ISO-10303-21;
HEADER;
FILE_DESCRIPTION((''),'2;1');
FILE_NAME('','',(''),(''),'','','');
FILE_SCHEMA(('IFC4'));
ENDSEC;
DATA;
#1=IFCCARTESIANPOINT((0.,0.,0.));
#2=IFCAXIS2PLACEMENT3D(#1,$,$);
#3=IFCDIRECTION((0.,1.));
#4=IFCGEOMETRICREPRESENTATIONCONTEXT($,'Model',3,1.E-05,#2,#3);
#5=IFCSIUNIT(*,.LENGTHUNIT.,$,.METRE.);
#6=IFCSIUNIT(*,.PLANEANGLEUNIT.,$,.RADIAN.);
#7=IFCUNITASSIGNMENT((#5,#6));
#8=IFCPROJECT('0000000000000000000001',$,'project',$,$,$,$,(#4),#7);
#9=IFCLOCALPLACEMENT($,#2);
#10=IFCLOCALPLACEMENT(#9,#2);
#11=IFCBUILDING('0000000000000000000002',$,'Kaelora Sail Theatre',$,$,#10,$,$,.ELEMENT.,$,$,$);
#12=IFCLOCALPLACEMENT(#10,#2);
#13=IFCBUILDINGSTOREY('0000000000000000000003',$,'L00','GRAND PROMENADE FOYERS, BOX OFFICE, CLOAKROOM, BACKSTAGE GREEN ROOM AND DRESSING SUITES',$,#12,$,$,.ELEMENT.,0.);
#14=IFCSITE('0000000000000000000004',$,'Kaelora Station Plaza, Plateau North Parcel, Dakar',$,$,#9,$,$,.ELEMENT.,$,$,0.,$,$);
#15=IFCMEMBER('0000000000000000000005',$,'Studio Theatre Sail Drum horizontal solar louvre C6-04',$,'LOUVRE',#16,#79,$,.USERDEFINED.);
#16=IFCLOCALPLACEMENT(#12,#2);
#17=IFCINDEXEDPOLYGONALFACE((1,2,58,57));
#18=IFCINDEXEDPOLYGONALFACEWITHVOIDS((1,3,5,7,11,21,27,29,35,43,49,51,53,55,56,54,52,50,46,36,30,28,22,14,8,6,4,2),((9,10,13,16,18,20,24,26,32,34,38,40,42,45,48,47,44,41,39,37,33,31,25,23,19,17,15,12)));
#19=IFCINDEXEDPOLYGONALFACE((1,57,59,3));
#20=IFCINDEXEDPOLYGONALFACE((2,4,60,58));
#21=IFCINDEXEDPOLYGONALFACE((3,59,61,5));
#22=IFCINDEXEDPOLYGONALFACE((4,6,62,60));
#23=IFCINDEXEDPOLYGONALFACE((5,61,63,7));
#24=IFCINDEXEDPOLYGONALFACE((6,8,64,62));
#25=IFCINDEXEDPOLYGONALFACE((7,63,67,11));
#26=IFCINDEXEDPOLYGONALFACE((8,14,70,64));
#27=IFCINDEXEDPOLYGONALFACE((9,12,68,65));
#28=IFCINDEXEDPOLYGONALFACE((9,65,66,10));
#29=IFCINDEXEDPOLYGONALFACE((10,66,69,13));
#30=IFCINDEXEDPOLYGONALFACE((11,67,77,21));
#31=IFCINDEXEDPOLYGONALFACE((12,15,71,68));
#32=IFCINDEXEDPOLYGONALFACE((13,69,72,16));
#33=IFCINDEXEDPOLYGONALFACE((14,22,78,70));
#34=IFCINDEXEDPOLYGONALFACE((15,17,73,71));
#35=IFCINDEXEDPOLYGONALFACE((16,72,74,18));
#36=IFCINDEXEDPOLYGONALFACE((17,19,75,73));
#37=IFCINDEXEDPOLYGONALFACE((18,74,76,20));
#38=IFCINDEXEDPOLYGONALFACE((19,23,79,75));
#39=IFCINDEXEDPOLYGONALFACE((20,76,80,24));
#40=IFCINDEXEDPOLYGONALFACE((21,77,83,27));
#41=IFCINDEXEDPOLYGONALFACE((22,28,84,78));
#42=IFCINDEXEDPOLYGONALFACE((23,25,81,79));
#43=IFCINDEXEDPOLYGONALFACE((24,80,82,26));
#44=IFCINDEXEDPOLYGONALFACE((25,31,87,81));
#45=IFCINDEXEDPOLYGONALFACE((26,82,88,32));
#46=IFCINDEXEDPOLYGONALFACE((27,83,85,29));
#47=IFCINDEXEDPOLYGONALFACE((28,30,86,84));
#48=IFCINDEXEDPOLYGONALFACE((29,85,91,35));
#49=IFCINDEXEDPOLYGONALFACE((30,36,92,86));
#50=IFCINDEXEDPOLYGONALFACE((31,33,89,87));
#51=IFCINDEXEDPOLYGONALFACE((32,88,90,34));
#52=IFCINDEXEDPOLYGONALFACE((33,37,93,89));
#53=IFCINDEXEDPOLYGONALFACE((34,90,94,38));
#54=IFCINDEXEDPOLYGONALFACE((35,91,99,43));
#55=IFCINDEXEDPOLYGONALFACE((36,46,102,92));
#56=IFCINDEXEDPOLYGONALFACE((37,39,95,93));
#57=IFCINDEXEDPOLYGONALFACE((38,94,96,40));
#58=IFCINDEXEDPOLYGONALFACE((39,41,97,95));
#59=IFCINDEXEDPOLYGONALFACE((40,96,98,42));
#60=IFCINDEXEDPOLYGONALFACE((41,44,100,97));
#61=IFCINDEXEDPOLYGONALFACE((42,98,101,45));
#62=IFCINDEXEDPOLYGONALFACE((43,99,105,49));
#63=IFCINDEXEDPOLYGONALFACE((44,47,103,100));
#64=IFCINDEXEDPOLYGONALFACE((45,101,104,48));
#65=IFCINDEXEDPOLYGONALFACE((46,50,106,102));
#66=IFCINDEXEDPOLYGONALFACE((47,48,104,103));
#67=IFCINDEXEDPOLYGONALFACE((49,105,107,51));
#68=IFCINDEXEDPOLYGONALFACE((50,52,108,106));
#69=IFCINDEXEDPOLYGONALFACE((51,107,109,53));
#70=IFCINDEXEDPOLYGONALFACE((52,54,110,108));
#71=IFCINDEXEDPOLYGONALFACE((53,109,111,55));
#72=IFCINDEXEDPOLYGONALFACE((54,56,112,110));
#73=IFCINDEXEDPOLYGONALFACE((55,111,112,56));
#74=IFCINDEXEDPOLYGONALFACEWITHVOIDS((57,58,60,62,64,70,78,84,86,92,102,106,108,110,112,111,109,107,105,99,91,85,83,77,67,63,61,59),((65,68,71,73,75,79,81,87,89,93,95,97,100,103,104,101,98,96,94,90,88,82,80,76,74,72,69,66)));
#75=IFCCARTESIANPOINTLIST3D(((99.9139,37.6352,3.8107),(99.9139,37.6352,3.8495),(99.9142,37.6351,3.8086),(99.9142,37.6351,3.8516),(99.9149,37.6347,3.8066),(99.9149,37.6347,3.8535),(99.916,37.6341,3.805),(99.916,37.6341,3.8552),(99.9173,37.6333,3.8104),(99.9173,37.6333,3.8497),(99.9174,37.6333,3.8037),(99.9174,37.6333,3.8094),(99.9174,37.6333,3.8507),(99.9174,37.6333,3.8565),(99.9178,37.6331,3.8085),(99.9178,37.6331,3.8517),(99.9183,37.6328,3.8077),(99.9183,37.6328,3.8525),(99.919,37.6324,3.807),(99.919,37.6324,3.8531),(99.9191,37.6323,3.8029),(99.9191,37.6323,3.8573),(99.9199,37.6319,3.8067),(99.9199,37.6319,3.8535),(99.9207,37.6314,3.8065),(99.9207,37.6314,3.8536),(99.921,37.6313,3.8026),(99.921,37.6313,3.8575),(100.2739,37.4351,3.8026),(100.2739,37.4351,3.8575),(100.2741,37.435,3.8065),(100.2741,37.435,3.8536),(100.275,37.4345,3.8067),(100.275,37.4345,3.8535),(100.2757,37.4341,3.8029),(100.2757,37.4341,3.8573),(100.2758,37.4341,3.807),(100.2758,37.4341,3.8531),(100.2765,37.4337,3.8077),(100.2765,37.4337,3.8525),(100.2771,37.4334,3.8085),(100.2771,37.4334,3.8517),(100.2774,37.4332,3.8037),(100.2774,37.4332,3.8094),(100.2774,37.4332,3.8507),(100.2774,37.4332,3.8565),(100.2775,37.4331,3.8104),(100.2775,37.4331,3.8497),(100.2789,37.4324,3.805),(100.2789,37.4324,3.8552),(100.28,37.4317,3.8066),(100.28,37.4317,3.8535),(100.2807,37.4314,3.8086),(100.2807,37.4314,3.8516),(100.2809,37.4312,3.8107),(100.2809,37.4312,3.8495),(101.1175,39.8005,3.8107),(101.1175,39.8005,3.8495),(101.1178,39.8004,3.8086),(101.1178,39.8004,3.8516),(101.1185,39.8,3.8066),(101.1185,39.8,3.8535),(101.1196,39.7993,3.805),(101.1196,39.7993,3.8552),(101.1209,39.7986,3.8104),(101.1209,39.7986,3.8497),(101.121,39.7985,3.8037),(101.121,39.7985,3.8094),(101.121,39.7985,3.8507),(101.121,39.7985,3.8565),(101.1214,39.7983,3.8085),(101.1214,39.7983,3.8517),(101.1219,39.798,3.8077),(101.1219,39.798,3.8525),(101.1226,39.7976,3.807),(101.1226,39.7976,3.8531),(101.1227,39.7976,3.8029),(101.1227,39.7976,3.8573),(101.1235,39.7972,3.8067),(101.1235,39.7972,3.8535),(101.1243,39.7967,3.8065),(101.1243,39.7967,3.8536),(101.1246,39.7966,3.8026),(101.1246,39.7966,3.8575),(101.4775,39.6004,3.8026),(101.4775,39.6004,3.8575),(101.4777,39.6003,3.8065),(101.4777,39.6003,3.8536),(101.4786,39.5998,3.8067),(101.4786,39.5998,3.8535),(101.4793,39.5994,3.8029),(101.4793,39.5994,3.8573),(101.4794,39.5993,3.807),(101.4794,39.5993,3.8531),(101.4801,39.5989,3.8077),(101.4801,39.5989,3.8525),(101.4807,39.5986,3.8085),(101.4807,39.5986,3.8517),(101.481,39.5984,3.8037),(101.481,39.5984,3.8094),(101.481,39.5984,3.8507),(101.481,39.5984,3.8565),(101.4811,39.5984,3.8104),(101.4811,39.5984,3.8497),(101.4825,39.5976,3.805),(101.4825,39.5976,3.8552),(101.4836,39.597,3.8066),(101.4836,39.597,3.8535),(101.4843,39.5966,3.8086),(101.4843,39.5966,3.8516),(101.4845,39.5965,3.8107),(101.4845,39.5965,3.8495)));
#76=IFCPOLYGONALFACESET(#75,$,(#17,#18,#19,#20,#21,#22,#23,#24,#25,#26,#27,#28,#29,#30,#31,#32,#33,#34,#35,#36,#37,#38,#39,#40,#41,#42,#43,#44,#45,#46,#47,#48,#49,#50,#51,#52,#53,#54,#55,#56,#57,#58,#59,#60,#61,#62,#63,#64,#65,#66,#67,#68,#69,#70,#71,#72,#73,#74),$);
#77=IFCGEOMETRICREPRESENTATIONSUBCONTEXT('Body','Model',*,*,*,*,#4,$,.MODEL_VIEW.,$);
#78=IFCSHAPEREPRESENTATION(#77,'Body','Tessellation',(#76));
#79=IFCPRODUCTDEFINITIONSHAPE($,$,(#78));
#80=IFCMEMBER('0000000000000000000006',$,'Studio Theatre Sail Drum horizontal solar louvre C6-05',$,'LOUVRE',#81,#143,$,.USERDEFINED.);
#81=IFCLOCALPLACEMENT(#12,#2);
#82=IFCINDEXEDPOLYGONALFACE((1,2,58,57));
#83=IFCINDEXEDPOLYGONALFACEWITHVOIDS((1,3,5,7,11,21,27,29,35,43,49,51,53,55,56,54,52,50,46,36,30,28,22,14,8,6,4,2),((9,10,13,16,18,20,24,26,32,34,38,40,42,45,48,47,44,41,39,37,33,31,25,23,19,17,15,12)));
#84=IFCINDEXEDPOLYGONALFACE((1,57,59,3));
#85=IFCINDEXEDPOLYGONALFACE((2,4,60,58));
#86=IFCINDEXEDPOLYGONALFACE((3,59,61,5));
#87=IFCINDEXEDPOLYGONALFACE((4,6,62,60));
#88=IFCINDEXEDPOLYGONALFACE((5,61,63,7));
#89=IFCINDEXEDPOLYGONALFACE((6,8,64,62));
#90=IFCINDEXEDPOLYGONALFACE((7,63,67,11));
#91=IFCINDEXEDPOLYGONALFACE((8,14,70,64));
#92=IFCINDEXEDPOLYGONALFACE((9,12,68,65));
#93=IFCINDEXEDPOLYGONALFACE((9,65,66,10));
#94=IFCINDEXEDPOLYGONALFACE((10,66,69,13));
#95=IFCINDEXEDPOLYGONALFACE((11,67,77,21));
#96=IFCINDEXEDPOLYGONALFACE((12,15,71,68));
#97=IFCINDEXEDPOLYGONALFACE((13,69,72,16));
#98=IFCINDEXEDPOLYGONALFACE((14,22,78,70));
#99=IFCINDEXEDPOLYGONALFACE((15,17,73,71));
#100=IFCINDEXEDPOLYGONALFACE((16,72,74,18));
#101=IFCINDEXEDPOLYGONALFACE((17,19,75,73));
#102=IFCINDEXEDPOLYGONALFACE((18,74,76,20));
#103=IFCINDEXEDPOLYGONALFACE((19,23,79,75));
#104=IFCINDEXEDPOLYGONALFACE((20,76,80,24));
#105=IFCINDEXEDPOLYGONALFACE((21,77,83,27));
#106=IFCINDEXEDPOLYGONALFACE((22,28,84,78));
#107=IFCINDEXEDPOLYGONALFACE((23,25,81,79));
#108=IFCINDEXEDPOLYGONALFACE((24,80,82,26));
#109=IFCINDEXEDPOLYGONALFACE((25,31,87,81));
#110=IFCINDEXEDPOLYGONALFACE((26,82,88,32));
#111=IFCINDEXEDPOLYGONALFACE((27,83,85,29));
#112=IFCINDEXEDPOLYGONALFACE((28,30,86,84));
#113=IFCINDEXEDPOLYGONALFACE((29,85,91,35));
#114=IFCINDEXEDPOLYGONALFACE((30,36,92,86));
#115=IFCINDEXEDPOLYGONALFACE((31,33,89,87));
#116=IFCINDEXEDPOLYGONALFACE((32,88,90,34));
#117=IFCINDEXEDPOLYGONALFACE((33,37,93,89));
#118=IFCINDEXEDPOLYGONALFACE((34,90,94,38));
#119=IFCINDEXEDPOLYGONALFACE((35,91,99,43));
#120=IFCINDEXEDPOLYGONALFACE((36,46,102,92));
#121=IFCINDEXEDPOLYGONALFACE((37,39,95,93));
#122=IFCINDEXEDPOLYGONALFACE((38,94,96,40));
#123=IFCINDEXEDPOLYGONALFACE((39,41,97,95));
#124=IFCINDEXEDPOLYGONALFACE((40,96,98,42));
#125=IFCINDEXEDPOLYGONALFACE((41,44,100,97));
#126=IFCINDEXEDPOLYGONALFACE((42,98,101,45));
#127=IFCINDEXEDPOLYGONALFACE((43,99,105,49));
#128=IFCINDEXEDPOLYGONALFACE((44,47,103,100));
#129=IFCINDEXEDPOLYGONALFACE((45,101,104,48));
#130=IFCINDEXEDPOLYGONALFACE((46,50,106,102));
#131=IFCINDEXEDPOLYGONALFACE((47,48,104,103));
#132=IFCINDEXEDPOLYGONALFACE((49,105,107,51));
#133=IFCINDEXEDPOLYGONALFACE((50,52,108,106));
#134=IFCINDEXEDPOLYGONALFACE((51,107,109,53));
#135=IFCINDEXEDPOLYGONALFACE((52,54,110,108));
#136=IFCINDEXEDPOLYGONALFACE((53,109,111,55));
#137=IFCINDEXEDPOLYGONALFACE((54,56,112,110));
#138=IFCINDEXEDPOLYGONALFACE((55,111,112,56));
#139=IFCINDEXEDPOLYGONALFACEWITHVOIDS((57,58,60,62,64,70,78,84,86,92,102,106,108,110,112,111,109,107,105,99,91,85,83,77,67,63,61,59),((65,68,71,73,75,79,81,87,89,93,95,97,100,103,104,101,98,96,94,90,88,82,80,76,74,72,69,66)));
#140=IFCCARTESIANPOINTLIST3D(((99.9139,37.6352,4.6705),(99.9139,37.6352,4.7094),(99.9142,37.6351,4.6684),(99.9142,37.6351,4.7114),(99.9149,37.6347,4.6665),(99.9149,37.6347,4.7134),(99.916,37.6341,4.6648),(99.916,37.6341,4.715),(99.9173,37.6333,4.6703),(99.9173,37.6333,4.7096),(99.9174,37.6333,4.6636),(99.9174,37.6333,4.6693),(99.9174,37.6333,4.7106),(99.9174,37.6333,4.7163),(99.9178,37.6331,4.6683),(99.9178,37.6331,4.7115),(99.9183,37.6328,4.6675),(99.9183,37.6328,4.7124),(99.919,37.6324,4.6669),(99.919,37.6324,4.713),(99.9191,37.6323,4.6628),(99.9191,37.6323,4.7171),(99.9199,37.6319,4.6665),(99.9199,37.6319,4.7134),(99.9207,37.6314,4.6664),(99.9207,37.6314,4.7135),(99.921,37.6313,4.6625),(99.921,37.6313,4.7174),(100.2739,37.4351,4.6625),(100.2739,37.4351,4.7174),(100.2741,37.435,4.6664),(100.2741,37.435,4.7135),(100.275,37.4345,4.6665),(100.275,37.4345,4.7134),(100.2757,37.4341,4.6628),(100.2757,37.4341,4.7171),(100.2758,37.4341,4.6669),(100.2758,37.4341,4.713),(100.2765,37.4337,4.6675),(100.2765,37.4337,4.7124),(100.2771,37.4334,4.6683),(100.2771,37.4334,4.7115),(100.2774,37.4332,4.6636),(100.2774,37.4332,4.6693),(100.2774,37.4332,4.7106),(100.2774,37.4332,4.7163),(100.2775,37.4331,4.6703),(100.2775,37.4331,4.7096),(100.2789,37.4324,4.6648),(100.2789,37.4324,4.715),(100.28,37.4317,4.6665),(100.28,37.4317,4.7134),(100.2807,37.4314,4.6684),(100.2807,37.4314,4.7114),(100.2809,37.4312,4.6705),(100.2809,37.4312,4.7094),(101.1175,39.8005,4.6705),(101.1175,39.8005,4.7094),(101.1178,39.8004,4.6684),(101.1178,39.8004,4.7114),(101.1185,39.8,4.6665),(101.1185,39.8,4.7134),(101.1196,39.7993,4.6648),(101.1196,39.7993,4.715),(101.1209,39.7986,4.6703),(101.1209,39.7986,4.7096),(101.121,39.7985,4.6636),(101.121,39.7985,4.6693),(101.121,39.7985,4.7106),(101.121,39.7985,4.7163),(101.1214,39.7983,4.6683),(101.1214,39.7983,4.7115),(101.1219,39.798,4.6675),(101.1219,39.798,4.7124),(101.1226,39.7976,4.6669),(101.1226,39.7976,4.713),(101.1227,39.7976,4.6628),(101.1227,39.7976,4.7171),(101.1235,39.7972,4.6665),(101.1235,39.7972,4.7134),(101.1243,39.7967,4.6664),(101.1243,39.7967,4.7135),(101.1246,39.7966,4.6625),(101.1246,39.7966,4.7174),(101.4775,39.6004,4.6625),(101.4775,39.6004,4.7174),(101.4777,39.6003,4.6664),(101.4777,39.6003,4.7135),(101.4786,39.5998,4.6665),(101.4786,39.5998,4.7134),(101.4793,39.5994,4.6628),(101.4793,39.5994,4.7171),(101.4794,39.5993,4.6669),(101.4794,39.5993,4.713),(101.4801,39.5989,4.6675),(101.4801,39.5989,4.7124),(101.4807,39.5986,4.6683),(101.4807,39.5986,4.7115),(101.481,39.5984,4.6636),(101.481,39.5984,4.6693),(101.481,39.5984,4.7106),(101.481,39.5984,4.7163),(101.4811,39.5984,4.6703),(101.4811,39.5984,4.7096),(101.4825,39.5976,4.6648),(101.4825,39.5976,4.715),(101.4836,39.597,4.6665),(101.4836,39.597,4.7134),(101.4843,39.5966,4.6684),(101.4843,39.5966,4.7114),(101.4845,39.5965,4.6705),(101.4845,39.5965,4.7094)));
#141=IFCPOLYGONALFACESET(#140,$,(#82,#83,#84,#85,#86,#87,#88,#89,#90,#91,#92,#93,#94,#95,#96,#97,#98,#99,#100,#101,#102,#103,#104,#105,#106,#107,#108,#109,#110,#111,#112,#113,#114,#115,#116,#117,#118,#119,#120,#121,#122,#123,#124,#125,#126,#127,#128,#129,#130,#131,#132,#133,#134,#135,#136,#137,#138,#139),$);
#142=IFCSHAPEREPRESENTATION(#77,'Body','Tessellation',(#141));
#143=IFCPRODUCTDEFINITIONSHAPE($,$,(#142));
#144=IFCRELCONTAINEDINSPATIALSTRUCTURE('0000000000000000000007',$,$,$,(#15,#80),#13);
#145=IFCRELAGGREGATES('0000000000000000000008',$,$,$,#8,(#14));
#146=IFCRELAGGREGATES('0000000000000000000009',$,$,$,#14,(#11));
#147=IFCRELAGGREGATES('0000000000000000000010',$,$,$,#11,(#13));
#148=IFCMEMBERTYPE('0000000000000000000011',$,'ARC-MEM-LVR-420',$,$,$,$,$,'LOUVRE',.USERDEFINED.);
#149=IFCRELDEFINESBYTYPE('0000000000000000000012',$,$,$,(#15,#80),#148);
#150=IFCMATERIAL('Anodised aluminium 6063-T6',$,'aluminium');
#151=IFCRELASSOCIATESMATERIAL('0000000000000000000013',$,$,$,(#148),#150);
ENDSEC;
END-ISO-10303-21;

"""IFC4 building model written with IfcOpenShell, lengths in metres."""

from ifc_helpers import new_model, si_unit, direction, frame, origin, origin_2d, place, context, subcontext, project, spatial, hollow_rectangle, extrude, material, material_profile, profile_set, type_object, element, save


model = new_model("IFC4")

# Units and contexts
model_context = context("Model", 3, precision=1e-05, world=origin(), true_north=direction((0.0, 1.0)))
body_context = subcontext(model_context, "Body", "Model", "MODEL_VIEW")
ifc_project = project(units=[si_unit("LENGTHUNIT", "METRE"), si_unit("PLANEANGLEUNIT", "RADIAN")], contexts=[model_context])

# Site, building, storey
site_placement = place(None, origin())
site = spatial("IfcSite", under=ifc_project, at=site_placement, Name="Kaelora Station Plaza, Plateau North Parcel, Dakar", CompositionType="ELEMENT", RefElevation=0.0)
building_placement = place(site_placement, origin())
building = spatial("IfcBuilding", under=site, at=building_placement, Name="Kaelora Sail Theatre", CompositionType="ELEMENT")
storey_placement = place(building_placement, origin())
storey = spatial("IfcBuildingStorey", under=building, at=storey_placement, Name="L00", Description="GRAND PROMENADE FOYERS, BOX OFFICE, CLOAKROOM, BACKSTAGE GREEN ROOM AND DRESSING SUITES", CompositionType="ELEMENT", Elevation=0.0)

# Members
ifc_material_1 = material(Name="Anodised aluminium 6063-T6", Category="aluminium")
ifc_material_profile_1 = material_profile(ifc_material_1, hollow_rectangle(XDim=0.4199, YDim=0.0549, WallThickness=0.0039, InnerFilletRadius=0.0039, OuterFilletRadius=0.0081, at=origin_2d()), Name="LOUVRE 420x55x4")
ifc_profile_set_1 = profile_set([ifc_material_profile_1], Name="Anodised aluminium 6063-T6")
member_type_1 = type_object("IfcMemberType", Name="ARC-MEM-LVR-420", ElementType="LOUVRE", PredefinedType="USERDEFINED", material=ifc_profile_set_1)
for number, where, z_axis, x_axis, name in (
    (1, (101.301, 39.6985, 3.8301), (-0.485852, -0.874041, 0.0), (0.874041, -0.485852, 0.0), "Studio Theatre Sail Drum horizontal solar louvre C6-04"),
    (2, (101.301, 39.6985, 4.6899), (-0.485852, -0.874041, 0.0), (0.874041, -0.485852, 0.0), "Studio Theatre Sail Drum horizontal solar louvre C6-05"),
):
    element("IfcMember", number, at=place(storey_placement, frame(where, z_axis=z_axis, x_axis=x_axis)), inside=storey, type_object=member_type_1, Name=name, ObjectType="LOUVRE", PredefinedType="USERDEFINED", context=body_context, shape_type="SweptSolid", body=[
        extrude(hollow_rectangle(XDim=0.4199, YDim=0.0549, WallThickness=0.0039, InnerFilletRadius=0.0039, OuterFilletRadius=0.0081, at=origin_2d()), origin(), (0.0, 0.0, 1.0), 2.4773),
    ])

save(model, "model.ifc")
